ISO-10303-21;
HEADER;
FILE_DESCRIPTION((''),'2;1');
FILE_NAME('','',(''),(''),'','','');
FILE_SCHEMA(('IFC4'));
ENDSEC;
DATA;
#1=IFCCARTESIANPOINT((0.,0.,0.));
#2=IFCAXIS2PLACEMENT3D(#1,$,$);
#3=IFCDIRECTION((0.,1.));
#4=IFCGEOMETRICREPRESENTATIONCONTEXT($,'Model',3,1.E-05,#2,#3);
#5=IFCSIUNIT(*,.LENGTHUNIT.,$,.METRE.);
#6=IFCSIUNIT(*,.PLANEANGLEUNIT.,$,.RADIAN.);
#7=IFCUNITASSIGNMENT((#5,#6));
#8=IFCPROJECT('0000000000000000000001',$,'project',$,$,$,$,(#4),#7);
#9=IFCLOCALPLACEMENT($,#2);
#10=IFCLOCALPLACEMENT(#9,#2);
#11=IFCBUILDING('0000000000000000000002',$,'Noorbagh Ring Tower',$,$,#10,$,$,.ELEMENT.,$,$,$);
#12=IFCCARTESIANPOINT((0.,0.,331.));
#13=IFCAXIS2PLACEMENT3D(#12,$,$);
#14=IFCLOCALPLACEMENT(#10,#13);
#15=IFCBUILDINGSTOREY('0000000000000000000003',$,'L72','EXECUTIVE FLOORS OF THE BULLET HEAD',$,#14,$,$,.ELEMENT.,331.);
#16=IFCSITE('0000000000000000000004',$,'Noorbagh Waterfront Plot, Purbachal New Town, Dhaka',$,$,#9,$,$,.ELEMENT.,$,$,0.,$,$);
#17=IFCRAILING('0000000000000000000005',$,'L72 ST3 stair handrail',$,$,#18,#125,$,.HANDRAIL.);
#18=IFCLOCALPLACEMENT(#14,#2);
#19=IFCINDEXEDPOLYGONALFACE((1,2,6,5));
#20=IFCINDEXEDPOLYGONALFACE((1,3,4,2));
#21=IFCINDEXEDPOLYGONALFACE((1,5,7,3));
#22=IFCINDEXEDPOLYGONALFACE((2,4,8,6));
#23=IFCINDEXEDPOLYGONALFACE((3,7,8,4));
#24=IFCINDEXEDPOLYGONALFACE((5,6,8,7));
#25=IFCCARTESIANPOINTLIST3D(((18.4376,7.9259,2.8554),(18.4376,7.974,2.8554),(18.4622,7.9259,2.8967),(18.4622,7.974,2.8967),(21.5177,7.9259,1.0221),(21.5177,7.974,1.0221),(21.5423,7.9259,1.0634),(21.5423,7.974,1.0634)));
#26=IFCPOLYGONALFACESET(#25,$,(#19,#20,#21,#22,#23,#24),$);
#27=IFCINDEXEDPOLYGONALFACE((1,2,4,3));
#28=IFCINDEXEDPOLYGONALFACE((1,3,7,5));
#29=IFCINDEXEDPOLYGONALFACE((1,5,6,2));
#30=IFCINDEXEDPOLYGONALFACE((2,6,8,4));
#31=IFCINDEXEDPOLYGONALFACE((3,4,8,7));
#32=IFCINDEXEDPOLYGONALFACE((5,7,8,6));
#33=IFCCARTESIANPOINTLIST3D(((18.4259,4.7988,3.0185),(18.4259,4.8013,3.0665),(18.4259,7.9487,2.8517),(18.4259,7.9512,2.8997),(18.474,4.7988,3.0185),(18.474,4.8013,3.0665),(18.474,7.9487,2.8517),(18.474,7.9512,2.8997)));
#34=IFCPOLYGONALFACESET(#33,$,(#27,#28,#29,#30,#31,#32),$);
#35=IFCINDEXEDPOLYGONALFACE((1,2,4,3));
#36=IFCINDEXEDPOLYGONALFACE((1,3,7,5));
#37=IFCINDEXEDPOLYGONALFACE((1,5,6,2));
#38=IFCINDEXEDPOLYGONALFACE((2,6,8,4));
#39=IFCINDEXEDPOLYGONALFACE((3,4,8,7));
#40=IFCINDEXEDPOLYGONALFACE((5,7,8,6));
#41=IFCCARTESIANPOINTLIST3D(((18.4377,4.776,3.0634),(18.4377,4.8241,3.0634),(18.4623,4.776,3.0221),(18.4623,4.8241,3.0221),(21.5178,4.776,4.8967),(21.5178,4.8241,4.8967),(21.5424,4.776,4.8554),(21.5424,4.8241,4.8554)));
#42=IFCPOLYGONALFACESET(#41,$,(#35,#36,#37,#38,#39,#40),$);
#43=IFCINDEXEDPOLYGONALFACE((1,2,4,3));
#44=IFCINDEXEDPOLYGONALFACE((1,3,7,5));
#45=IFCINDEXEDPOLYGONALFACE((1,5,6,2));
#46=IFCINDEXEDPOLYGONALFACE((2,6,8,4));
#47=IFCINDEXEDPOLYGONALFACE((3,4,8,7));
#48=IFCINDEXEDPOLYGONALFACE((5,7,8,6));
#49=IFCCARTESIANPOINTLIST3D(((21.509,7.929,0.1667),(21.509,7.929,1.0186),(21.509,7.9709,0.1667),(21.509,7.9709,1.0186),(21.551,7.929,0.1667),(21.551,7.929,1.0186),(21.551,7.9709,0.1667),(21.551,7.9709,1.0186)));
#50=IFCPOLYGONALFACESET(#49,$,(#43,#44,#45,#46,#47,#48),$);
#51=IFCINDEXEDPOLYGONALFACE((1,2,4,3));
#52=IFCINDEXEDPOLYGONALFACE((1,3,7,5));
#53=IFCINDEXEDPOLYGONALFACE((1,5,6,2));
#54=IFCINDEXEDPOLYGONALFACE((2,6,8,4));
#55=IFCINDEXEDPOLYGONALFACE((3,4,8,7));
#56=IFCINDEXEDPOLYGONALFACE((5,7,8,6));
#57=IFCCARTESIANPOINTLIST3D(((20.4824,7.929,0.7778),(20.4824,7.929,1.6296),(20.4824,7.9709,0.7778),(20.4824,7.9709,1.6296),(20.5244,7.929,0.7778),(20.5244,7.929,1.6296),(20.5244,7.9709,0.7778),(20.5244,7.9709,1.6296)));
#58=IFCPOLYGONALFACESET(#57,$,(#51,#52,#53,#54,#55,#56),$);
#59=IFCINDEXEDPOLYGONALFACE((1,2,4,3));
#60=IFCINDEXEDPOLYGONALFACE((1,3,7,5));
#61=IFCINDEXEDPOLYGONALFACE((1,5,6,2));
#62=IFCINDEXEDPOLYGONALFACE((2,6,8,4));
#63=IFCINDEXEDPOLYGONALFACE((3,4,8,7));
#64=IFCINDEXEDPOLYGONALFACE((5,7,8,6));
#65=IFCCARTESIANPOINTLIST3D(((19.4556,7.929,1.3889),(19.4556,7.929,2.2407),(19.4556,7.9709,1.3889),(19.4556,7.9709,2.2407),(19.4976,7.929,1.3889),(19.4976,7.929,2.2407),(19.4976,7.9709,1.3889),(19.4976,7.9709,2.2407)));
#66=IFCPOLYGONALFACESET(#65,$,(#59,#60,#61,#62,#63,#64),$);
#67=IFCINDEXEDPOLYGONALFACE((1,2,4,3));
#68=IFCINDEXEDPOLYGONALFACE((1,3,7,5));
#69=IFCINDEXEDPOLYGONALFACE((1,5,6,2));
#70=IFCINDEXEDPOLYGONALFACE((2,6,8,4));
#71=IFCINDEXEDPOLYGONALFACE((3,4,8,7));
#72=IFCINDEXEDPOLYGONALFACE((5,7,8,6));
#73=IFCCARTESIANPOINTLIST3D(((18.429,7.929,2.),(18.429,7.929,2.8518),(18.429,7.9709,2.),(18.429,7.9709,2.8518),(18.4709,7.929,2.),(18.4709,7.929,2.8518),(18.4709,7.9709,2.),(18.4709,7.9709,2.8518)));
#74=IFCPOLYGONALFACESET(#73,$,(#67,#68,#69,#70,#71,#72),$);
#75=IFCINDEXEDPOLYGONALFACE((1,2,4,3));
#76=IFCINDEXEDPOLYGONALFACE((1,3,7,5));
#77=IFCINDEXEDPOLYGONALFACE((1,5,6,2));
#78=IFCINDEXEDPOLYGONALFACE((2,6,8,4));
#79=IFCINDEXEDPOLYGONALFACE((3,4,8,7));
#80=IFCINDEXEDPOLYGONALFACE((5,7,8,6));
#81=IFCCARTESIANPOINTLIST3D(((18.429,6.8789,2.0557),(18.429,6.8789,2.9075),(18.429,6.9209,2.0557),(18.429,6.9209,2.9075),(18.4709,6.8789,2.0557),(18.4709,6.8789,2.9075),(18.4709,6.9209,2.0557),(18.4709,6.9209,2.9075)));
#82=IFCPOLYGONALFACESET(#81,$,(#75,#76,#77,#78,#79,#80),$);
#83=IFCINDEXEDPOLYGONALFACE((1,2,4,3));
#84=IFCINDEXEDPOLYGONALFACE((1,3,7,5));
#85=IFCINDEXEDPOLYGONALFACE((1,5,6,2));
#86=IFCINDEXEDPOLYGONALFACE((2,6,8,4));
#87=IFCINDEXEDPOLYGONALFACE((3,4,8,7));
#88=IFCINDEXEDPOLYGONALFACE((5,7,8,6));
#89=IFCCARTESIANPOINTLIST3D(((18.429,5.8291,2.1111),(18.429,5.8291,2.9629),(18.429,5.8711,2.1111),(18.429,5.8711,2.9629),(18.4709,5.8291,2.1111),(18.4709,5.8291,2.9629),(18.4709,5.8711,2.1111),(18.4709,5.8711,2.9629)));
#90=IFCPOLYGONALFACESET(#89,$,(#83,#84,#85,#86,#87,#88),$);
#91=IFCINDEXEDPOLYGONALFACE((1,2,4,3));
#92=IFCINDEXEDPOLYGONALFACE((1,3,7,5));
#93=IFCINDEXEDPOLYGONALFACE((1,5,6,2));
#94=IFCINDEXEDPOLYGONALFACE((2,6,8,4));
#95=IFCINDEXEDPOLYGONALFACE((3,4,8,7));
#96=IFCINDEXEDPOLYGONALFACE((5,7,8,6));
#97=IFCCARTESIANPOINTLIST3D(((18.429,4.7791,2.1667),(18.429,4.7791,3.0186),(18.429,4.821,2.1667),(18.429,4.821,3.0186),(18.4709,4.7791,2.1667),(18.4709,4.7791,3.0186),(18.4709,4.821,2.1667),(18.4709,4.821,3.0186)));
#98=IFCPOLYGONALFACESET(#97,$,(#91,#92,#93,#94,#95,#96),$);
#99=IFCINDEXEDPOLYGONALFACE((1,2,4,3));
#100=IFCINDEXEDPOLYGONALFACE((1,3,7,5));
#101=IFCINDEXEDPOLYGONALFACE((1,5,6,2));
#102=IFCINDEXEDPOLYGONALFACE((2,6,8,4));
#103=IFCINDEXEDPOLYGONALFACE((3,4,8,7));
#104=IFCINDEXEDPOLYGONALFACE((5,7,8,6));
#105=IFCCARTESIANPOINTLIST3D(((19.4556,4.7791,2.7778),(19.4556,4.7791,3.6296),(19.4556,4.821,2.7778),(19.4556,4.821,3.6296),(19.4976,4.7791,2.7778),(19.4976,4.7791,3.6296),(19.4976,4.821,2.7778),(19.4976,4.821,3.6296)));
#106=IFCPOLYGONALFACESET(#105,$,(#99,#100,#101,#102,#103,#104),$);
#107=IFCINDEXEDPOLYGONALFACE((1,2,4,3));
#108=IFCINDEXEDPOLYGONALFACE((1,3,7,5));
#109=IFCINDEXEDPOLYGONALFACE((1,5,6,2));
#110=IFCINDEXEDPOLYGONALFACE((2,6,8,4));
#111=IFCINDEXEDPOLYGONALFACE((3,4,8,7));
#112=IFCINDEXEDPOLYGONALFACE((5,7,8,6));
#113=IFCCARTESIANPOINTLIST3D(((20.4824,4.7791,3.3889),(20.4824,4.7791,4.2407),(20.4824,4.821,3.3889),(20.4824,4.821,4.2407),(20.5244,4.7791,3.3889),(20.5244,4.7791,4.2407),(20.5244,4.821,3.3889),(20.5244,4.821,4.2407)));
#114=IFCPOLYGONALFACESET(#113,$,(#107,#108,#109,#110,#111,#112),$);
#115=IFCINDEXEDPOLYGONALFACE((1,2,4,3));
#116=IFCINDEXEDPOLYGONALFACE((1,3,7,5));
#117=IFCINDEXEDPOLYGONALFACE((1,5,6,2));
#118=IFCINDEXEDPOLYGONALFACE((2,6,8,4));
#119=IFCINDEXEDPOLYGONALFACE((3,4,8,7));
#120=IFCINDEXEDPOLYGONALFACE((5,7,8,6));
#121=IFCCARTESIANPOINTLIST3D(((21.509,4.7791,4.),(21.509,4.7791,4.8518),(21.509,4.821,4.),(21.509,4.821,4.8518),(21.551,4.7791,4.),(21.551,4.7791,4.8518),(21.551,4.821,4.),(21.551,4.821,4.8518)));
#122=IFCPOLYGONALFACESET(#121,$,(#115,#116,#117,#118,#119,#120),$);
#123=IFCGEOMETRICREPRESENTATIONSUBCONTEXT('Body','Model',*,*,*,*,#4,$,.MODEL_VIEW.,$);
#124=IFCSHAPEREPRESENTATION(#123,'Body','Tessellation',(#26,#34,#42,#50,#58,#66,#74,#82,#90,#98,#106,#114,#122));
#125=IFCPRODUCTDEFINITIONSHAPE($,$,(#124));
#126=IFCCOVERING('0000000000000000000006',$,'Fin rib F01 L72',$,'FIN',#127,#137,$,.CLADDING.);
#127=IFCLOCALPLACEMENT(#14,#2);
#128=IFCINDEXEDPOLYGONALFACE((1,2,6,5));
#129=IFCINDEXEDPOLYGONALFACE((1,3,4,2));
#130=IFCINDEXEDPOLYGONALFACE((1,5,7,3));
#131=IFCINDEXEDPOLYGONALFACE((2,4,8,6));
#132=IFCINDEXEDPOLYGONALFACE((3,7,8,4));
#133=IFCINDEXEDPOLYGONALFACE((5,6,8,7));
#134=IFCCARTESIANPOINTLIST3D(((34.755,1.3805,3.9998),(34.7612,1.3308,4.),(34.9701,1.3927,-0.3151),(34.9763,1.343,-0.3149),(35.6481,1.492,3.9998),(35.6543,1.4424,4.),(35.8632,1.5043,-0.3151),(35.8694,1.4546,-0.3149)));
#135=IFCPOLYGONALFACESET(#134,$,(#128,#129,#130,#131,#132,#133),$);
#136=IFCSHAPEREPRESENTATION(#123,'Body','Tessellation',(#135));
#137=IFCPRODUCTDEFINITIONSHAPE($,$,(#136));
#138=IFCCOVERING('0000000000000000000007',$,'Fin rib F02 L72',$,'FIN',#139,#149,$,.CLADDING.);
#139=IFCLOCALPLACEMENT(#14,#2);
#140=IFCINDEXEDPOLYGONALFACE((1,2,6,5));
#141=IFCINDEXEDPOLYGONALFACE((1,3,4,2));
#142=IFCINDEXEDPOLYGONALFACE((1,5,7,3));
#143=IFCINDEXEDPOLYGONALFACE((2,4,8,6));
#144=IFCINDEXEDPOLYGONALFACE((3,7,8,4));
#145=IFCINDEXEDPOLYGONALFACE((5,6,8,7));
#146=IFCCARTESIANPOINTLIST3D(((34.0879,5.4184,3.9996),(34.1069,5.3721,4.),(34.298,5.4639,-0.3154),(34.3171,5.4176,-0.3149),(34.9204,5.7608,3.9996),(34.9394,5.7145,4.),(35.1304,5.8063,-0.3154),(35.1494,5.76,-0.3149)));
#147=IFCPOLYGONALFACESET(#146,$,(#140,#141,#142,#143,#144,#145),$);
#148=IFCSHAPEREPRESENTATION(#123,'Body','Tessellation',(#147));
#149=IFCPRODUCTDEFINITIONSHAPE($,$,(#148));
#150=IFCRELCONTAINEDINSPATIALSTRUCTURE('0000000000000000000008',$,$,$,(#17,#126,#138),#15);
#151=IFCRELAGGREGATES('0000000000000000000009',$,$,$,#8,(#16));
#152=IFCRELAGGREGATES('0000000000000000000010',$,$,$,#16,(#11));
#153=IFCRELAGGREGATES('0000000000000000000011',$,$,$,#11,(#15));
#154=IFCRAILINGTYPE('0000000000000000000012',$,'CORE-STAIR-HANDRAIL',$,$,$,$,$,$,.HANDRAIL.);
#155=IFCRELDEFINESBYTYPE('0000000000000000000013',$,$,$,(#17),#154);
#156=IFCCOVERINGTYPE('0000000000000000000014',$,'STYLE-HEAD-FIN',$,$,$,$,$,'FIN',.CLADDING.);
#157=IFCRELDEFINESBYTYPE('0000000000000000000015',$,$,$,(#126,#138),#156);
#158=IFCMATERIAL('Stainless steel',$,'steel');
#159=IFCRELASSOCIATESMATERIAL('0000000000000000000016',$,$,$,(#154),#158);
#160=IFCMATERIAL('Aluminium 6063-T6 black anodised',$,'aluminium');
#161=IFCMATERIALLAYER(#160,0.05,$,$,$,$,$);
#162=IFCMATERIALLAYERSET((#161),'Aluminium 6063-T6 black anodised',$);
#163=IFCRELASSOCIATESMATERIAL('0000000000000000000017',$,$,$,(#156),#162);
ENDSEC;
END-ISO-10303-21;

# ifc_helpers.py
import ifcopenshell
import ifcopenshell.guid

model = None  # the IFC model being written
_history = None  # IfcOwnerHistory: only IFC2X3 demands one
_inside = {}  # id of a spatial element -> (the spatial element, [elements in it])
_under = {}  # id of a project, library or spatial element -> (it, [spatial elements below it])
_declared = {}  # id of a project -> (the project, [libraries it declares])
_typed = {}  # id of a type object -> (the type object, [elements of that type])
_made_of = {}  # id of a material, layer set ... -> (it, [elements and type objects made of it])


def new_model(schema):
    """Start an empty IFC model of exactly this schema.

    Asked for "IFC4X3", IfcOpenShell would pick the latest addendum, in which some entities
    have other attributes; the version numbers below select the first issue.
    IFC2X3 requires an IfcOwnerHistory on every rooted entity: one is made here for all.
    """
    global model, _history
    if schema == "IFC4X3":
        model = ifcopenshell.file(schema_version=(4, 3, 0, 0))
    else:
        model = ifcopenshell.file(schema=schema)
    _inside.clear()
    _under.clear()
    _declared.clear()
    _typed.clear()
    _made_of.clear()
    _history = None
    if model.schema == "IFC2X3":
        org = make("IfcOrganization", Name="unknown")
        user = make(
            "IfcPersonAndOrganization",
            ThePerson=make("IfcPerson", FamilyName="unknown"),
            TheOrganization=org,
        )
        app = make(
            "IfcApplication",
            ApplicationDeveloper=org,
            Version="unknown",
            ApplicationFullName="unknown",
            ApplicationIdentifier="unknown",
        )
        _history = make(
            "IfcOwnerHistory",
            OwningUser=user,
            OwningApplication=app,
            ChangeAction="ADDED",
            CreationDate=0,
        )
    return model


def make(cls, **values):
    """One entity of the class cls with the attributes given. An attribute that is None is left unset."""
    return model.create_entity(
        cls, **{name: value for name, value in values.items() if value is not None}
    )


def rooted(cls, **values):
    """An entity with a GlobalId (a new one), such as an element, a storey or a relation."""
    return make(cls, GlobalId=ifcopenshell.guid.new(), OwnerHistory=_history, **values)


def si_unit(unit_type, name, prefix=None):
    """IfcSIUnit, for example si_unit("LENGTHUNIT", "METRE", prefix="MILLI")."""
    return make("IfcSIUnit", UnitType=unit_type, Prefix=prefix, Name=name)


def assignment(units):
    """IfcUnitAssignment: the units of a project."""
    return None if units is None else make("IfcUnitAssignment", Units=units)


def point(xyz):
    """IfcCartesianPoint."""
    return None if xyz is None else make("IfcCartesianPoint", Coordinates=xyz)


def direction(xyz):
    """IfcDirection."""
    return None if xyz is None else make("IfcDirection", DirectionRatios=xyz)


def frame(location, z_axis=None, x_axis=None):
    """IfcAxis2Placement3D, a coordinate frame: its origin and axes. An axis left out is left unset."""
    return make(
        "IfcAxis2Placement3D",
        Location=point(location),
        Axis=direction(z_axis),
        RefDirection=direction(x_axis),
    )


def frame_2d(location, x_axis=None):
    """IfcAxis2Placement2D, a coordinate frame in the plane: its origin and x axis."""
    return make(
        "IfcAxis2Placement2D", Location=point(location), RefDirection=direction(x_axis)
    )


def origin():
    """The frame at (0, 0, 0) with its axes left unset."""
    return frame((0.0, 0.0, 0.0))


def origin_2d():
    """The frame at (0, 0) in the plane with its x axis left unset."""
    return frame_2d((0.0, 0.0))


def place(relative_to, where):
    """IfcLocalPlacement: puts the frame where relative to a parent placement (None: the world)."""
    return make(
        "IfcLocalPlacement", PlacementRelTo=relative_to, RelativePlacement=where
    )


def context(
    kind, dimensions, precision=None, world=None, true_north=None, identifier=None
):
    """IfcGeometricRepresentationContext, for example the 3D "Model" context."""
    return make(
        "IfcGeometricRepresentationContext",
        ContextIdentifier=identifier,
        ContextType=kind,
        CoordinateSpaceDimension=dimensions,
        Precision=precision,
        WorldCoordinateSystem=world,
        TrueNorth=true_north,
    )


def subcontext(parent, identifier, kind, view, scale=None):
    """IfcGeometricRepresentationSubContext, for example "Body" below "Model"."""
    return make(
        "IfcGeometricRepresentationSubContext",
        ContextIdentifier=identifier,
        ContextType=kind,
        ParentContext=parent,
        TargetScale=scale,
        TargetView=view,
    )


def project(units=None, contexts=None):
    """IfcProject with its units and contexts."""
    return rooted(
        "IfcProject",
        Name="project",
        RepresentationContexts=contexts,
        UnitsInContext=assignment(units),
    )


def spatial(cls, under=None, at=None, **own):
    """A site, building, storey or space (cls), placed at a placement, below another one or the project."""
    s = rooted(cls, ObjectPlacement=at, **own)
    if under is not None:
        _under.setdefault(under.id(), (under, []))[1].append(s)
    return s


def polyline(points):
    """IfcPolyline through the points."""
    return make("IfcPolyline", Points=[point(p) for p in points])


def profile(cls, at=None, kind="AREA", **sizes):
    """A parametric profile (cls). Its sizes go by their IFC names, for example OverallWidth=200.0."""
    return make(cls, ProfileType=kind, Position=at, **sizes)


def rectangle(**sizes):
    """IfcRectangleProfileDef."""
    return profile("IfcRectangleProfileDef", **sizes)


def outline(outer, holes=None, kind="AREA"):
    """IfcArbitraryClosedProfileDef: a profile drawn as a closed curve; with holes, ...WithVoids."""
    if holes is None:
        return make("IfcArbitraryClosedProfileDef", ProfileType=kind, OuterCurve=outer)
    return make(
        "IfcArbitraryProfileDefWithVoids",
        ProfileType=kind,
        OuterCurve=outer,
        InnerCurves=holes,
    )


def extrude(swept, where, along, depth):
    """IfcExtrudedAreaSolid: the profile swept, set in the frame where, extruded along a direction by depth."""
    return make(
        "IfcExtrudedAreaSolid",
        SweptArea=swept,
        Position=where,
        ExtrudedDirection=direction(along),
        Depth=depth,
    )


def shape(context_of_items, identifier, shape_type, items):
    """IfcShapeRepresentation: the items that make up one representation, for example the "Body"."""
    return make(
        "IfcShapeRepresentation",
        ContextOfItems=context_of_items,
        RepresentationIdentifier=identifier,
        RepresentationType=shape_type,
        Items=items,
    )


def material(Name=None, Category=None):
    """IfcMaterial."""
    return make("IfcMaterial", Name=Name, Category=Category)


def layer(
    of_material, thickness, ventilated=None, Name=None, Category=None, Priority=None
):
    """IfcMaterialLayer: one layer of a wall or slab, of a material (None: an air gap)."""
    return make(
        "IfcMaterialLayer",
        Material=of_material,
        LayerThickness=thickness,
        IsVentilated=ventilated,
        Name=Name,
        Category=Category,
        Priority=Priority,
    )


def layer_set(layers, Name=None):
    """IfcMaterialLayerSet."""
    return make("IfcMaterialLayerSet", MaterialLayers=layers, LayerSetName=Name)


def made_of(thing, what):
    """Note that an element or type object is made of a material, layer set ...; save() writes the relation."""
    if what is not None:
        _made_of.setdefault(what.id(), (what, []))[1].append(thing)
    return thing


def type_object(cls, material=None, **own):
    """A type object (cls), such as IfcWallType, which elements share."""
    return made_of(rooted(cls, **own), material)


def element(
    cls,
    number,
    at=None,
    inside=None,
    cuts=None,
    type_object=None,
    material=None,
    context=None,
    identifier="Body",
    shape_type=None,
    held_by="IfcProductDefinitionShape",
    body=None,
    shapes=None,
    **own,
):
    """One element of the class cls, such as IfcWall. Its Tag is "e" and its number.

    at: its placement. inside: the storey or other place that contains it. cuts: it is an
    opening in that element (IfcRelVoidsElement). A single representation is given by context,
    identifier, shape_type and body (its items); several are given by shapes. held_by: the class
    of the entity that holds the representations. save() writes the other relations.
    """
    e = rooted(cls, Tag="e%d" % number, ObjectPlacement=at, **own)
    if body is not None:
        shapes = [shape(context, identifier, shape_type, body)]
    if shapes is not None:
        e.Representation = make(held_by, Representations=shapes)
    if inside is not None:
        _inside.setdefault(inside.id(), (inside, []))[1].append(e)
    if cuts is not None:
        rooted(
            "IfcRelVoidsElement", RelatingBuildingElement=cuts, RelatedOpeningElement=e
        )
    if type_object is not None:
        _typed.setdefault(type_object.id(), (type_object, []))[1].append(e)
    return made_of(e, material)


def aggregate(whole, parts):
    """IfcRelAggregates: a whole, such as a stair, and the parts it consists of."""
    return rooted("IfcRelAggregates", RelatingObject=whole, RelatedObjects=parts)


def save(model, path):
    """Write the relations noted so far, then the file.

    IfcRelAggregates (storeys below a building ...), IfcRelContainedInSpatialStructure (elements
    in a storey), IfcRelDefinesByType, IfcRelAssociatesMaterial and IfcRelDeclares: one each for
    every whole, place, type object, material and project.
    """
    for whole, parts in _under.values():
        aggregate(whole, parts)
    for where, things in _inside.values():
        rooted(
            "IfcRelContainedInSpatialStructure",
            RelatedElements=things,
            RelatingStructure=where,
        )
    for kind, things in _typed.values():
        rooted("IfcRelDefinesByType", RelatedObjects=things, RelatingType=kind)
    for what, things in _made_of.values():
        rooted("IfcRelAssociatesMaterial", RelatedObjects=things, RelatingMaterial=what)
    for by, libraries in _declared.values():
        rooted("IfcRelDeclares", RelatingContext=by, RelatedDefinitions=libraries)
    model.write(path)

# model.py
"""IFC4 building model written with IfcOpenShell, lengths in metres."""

from ifc_helpers import new_model, si_unit, direction, frame, origin, origin_2d, place, context, subcontext, project, spatial, polyline, rectangle, outline, extrude, material, layer, layer_set, type_object, element, save


model = new_model("IFC4")

# Units and contexts
model_context = context("Model", 3, precision=1e-05, world=origin(), true_north=direction((0.0, 1.0)))
body_context = subcontext(model_context, "Body", "Model", "MODEL_VIEW")
ifc_project = project(units=[si_unit("LENGTHUNIT", "METRE"), si_unit("PLANEANGLEUNIT", "RADIAN")], contexts=[model_context])

# Site, building, storey
site_placement = place(None, origin())
site = spatial("IfcSite", under=ifc_project, at=site_placement, Name="Noorbagh Waterfront Plot, Purbachal New Town, Dhaka", CompositionType="ELEMENT", RefElevation=0.0)
building_placement = place(site_placement, origin())
building = spatial("IfcBuilding", under=site, at=building_placement, Name="Noorbagh Ring Tower", CompositionType="ELEMENT")
storey_placement = place(building_placement, frame((0.0, 0.0, 331.0)))
storey = spatial("IfcBuildingStorey", under=building, at=storey_placement, Name="L72", Description="EXECUTIVE FLOORS OF THE BULLET HEAD", CompositionType="ELEMENT", Elevation=331.0)

# Railing
ifc_material_1 = material(Name="Stainless steel", Category="steel")
railing_type_1 = type_object("IfcRailingType", Name="CORE-STAIR-HANDRAIL", PredefinedType="HANDRAIL", material=ifc_material_1)
railing_1_placement = place(storey_placement, frame((21.53, 7.95, 0.1667)))
element("IfcRailing", 1, at=railing_1_placement, inside=storey, type_object=railing_type_1, Name="L72 ST3 stair handrail", PredefinedType="HANDRAIL", context=body_context, shape_type="SweptSolid", body=[
    extrude(rectangle(XDim=0.0481, YDim=0.0481, at=origin_2d()), frame((0.0, 0.0, 0.876), z_axis=(-0.859309, 0.0, 0.511458), x_axis=(0.0, -1.0, 0.0)), (0.0, 0.0, 1.0), 3.5845),
    extrude(rectangle(XDim=0.0481, YDim=0.0481, at=origin_2d()), frame((-3.0801, 0.0, 2.709), z_axis=(0.0, -0.998602, 0.052864), x_axis=(1.0, 0.0, 0.0)), (0.0, 0.0, 1.0), 3.1543),
    extrude(rectangle(XDim=0.0481, YDim=0.0481, at=origin_2d()), frame((-3.0801, -3.1499, 2.876), z_axis=(0.859309, 0.0, 0.511458), x_axis=(0.0, 1.0, 0.0)), (0.0, 0.0, 1.0), 3.5845),
    extrude(rectangle(XDim=0.042, YDim=0.042, at=origin_2d()), origin(), (0.0, 0.0, 1.0), 0.8518),
    extrude(rectangle(XDim=0.042, YDim=0.042, at=origin_2d()), frame((-1.0266, 0.0, 0.6111)), (0.0, 0.0, 1.0), 0.8518),
    extrude(rectangle(XDim=0.042, YDim=0.042, at=origin_2d()), frame((-2.0535, 0.0, 1.2222)), (0.0, 0.0, 1.0), 0.8518),
    extrude(rectangle(XDim=0.042, YDim=0.042, at=origin_2d()), frame((-3.0801, 0.0, 1.8333)), (0.0, 0.0, 1.0), 0.8518),
    extrude(rectangle(XDim=0.042, YDim=0.042, at=origin_2d()), frame((-3.0801, -1.05, 1.8889)), (0.0, 0.0, 1.0), 0.8518),
    extrude(rectangle(XDim=0.042, YDim=0.042, at=origin_2d()), frame((-3.0801, -2.0999, 1.9443)), (0.0, 0.0, 1.0), 0.8518),
    extrude(rectangle(XDim=0.042, YDim=0.042, at=origin_2d()), frame((-3.0801, -3.1499, 2.0)), (0.0, 0.0, 1.0), 0.8518),
    extrude(rectangle(XDim=0.042, YDim=0.042, at=origin_2d()), frame((-2.0535, -3.1499, 2.6111)), (0.0, 0.0, 1.0), 0.8518),
    extrude(rectangle(XDim=0.042, YDim=0.042, at=origin_2d()), frame((-1.0266, -3.1499, 3.2222)), (0.0, 0.0, 1.0), 0.8518),
    extrude(rectangle(XDim=0.042, YDim=0.042, at=origin_2d()), frame((0.0, -3.1499, 3.8333)), (0.0, 0.0, 1.0), 0.8518),
])

# Coverings
ifc_material_2 = material(Name="Aluminium 6063-T6 black anodised", Category="aluminium")
ifc_layer_1 = layer(ifc_material_2, 0.05)
ifc_layer_set_1 = layer_set([ifc_layer_1], Name="Aluminium 6063-T6 black anodised")
covering_type_1 = type_object("IfcCoveringType", Name="STYLE-HEAD-FIN", ElementType="FIN", PredefinedType="CLADDING", material=ifc_layer_set_1)
covering_1_placement = place(storey_placement, frame((35.8694, 1.4546, -0.3149), z_axis=(0.123967, -0.992281, 0.003372), x_axis=(-0.049785, -0.002825, 0.998756)))
element("IfcCovering", 2, at=covering_1_placement, inside=storey, type_object=covering_type_1, Name="Fin rib F01 L72", ObjectType="FIN", PredefinedType="CLADDING", context=body_context, shape_type="SweptSolid", body=[
    extrude(outline(polyline([(0.0, 0.0), (4.3203, 0.0), (4.3651, 0.8989), (0.0448, 0.8989), (0.0, 0.0)])), origin(), (0.0, 0.0, -1.0), 0.05),
])
covering_2_placement = place(storey_placement, frame((35.1494, 5.76, -0.3149), z_axis=(0.380408, -0.924777, 0.008763), x_axis=(-0.048613, -0.010533, 0.998762)))
element("IfcCovering", 3, at=covering_2_placement, inside=storey, type_object=covering_type_1, Name="Fin rib F02 L72", ObjectType="FIN", PredefinedType="CLADDING", context=body_context, shape_type="SweptSolid", body=[
    extrude(outline(polyline([(0.0, 0.0), (4.3203, 0.0), (4.3644, 0.8991), (0.0441, 0.8989), (0.0, 0.0)])), origin(), (0.0, 0.0, -1.0), 0.05),
])

save(model, "model.ifc")
